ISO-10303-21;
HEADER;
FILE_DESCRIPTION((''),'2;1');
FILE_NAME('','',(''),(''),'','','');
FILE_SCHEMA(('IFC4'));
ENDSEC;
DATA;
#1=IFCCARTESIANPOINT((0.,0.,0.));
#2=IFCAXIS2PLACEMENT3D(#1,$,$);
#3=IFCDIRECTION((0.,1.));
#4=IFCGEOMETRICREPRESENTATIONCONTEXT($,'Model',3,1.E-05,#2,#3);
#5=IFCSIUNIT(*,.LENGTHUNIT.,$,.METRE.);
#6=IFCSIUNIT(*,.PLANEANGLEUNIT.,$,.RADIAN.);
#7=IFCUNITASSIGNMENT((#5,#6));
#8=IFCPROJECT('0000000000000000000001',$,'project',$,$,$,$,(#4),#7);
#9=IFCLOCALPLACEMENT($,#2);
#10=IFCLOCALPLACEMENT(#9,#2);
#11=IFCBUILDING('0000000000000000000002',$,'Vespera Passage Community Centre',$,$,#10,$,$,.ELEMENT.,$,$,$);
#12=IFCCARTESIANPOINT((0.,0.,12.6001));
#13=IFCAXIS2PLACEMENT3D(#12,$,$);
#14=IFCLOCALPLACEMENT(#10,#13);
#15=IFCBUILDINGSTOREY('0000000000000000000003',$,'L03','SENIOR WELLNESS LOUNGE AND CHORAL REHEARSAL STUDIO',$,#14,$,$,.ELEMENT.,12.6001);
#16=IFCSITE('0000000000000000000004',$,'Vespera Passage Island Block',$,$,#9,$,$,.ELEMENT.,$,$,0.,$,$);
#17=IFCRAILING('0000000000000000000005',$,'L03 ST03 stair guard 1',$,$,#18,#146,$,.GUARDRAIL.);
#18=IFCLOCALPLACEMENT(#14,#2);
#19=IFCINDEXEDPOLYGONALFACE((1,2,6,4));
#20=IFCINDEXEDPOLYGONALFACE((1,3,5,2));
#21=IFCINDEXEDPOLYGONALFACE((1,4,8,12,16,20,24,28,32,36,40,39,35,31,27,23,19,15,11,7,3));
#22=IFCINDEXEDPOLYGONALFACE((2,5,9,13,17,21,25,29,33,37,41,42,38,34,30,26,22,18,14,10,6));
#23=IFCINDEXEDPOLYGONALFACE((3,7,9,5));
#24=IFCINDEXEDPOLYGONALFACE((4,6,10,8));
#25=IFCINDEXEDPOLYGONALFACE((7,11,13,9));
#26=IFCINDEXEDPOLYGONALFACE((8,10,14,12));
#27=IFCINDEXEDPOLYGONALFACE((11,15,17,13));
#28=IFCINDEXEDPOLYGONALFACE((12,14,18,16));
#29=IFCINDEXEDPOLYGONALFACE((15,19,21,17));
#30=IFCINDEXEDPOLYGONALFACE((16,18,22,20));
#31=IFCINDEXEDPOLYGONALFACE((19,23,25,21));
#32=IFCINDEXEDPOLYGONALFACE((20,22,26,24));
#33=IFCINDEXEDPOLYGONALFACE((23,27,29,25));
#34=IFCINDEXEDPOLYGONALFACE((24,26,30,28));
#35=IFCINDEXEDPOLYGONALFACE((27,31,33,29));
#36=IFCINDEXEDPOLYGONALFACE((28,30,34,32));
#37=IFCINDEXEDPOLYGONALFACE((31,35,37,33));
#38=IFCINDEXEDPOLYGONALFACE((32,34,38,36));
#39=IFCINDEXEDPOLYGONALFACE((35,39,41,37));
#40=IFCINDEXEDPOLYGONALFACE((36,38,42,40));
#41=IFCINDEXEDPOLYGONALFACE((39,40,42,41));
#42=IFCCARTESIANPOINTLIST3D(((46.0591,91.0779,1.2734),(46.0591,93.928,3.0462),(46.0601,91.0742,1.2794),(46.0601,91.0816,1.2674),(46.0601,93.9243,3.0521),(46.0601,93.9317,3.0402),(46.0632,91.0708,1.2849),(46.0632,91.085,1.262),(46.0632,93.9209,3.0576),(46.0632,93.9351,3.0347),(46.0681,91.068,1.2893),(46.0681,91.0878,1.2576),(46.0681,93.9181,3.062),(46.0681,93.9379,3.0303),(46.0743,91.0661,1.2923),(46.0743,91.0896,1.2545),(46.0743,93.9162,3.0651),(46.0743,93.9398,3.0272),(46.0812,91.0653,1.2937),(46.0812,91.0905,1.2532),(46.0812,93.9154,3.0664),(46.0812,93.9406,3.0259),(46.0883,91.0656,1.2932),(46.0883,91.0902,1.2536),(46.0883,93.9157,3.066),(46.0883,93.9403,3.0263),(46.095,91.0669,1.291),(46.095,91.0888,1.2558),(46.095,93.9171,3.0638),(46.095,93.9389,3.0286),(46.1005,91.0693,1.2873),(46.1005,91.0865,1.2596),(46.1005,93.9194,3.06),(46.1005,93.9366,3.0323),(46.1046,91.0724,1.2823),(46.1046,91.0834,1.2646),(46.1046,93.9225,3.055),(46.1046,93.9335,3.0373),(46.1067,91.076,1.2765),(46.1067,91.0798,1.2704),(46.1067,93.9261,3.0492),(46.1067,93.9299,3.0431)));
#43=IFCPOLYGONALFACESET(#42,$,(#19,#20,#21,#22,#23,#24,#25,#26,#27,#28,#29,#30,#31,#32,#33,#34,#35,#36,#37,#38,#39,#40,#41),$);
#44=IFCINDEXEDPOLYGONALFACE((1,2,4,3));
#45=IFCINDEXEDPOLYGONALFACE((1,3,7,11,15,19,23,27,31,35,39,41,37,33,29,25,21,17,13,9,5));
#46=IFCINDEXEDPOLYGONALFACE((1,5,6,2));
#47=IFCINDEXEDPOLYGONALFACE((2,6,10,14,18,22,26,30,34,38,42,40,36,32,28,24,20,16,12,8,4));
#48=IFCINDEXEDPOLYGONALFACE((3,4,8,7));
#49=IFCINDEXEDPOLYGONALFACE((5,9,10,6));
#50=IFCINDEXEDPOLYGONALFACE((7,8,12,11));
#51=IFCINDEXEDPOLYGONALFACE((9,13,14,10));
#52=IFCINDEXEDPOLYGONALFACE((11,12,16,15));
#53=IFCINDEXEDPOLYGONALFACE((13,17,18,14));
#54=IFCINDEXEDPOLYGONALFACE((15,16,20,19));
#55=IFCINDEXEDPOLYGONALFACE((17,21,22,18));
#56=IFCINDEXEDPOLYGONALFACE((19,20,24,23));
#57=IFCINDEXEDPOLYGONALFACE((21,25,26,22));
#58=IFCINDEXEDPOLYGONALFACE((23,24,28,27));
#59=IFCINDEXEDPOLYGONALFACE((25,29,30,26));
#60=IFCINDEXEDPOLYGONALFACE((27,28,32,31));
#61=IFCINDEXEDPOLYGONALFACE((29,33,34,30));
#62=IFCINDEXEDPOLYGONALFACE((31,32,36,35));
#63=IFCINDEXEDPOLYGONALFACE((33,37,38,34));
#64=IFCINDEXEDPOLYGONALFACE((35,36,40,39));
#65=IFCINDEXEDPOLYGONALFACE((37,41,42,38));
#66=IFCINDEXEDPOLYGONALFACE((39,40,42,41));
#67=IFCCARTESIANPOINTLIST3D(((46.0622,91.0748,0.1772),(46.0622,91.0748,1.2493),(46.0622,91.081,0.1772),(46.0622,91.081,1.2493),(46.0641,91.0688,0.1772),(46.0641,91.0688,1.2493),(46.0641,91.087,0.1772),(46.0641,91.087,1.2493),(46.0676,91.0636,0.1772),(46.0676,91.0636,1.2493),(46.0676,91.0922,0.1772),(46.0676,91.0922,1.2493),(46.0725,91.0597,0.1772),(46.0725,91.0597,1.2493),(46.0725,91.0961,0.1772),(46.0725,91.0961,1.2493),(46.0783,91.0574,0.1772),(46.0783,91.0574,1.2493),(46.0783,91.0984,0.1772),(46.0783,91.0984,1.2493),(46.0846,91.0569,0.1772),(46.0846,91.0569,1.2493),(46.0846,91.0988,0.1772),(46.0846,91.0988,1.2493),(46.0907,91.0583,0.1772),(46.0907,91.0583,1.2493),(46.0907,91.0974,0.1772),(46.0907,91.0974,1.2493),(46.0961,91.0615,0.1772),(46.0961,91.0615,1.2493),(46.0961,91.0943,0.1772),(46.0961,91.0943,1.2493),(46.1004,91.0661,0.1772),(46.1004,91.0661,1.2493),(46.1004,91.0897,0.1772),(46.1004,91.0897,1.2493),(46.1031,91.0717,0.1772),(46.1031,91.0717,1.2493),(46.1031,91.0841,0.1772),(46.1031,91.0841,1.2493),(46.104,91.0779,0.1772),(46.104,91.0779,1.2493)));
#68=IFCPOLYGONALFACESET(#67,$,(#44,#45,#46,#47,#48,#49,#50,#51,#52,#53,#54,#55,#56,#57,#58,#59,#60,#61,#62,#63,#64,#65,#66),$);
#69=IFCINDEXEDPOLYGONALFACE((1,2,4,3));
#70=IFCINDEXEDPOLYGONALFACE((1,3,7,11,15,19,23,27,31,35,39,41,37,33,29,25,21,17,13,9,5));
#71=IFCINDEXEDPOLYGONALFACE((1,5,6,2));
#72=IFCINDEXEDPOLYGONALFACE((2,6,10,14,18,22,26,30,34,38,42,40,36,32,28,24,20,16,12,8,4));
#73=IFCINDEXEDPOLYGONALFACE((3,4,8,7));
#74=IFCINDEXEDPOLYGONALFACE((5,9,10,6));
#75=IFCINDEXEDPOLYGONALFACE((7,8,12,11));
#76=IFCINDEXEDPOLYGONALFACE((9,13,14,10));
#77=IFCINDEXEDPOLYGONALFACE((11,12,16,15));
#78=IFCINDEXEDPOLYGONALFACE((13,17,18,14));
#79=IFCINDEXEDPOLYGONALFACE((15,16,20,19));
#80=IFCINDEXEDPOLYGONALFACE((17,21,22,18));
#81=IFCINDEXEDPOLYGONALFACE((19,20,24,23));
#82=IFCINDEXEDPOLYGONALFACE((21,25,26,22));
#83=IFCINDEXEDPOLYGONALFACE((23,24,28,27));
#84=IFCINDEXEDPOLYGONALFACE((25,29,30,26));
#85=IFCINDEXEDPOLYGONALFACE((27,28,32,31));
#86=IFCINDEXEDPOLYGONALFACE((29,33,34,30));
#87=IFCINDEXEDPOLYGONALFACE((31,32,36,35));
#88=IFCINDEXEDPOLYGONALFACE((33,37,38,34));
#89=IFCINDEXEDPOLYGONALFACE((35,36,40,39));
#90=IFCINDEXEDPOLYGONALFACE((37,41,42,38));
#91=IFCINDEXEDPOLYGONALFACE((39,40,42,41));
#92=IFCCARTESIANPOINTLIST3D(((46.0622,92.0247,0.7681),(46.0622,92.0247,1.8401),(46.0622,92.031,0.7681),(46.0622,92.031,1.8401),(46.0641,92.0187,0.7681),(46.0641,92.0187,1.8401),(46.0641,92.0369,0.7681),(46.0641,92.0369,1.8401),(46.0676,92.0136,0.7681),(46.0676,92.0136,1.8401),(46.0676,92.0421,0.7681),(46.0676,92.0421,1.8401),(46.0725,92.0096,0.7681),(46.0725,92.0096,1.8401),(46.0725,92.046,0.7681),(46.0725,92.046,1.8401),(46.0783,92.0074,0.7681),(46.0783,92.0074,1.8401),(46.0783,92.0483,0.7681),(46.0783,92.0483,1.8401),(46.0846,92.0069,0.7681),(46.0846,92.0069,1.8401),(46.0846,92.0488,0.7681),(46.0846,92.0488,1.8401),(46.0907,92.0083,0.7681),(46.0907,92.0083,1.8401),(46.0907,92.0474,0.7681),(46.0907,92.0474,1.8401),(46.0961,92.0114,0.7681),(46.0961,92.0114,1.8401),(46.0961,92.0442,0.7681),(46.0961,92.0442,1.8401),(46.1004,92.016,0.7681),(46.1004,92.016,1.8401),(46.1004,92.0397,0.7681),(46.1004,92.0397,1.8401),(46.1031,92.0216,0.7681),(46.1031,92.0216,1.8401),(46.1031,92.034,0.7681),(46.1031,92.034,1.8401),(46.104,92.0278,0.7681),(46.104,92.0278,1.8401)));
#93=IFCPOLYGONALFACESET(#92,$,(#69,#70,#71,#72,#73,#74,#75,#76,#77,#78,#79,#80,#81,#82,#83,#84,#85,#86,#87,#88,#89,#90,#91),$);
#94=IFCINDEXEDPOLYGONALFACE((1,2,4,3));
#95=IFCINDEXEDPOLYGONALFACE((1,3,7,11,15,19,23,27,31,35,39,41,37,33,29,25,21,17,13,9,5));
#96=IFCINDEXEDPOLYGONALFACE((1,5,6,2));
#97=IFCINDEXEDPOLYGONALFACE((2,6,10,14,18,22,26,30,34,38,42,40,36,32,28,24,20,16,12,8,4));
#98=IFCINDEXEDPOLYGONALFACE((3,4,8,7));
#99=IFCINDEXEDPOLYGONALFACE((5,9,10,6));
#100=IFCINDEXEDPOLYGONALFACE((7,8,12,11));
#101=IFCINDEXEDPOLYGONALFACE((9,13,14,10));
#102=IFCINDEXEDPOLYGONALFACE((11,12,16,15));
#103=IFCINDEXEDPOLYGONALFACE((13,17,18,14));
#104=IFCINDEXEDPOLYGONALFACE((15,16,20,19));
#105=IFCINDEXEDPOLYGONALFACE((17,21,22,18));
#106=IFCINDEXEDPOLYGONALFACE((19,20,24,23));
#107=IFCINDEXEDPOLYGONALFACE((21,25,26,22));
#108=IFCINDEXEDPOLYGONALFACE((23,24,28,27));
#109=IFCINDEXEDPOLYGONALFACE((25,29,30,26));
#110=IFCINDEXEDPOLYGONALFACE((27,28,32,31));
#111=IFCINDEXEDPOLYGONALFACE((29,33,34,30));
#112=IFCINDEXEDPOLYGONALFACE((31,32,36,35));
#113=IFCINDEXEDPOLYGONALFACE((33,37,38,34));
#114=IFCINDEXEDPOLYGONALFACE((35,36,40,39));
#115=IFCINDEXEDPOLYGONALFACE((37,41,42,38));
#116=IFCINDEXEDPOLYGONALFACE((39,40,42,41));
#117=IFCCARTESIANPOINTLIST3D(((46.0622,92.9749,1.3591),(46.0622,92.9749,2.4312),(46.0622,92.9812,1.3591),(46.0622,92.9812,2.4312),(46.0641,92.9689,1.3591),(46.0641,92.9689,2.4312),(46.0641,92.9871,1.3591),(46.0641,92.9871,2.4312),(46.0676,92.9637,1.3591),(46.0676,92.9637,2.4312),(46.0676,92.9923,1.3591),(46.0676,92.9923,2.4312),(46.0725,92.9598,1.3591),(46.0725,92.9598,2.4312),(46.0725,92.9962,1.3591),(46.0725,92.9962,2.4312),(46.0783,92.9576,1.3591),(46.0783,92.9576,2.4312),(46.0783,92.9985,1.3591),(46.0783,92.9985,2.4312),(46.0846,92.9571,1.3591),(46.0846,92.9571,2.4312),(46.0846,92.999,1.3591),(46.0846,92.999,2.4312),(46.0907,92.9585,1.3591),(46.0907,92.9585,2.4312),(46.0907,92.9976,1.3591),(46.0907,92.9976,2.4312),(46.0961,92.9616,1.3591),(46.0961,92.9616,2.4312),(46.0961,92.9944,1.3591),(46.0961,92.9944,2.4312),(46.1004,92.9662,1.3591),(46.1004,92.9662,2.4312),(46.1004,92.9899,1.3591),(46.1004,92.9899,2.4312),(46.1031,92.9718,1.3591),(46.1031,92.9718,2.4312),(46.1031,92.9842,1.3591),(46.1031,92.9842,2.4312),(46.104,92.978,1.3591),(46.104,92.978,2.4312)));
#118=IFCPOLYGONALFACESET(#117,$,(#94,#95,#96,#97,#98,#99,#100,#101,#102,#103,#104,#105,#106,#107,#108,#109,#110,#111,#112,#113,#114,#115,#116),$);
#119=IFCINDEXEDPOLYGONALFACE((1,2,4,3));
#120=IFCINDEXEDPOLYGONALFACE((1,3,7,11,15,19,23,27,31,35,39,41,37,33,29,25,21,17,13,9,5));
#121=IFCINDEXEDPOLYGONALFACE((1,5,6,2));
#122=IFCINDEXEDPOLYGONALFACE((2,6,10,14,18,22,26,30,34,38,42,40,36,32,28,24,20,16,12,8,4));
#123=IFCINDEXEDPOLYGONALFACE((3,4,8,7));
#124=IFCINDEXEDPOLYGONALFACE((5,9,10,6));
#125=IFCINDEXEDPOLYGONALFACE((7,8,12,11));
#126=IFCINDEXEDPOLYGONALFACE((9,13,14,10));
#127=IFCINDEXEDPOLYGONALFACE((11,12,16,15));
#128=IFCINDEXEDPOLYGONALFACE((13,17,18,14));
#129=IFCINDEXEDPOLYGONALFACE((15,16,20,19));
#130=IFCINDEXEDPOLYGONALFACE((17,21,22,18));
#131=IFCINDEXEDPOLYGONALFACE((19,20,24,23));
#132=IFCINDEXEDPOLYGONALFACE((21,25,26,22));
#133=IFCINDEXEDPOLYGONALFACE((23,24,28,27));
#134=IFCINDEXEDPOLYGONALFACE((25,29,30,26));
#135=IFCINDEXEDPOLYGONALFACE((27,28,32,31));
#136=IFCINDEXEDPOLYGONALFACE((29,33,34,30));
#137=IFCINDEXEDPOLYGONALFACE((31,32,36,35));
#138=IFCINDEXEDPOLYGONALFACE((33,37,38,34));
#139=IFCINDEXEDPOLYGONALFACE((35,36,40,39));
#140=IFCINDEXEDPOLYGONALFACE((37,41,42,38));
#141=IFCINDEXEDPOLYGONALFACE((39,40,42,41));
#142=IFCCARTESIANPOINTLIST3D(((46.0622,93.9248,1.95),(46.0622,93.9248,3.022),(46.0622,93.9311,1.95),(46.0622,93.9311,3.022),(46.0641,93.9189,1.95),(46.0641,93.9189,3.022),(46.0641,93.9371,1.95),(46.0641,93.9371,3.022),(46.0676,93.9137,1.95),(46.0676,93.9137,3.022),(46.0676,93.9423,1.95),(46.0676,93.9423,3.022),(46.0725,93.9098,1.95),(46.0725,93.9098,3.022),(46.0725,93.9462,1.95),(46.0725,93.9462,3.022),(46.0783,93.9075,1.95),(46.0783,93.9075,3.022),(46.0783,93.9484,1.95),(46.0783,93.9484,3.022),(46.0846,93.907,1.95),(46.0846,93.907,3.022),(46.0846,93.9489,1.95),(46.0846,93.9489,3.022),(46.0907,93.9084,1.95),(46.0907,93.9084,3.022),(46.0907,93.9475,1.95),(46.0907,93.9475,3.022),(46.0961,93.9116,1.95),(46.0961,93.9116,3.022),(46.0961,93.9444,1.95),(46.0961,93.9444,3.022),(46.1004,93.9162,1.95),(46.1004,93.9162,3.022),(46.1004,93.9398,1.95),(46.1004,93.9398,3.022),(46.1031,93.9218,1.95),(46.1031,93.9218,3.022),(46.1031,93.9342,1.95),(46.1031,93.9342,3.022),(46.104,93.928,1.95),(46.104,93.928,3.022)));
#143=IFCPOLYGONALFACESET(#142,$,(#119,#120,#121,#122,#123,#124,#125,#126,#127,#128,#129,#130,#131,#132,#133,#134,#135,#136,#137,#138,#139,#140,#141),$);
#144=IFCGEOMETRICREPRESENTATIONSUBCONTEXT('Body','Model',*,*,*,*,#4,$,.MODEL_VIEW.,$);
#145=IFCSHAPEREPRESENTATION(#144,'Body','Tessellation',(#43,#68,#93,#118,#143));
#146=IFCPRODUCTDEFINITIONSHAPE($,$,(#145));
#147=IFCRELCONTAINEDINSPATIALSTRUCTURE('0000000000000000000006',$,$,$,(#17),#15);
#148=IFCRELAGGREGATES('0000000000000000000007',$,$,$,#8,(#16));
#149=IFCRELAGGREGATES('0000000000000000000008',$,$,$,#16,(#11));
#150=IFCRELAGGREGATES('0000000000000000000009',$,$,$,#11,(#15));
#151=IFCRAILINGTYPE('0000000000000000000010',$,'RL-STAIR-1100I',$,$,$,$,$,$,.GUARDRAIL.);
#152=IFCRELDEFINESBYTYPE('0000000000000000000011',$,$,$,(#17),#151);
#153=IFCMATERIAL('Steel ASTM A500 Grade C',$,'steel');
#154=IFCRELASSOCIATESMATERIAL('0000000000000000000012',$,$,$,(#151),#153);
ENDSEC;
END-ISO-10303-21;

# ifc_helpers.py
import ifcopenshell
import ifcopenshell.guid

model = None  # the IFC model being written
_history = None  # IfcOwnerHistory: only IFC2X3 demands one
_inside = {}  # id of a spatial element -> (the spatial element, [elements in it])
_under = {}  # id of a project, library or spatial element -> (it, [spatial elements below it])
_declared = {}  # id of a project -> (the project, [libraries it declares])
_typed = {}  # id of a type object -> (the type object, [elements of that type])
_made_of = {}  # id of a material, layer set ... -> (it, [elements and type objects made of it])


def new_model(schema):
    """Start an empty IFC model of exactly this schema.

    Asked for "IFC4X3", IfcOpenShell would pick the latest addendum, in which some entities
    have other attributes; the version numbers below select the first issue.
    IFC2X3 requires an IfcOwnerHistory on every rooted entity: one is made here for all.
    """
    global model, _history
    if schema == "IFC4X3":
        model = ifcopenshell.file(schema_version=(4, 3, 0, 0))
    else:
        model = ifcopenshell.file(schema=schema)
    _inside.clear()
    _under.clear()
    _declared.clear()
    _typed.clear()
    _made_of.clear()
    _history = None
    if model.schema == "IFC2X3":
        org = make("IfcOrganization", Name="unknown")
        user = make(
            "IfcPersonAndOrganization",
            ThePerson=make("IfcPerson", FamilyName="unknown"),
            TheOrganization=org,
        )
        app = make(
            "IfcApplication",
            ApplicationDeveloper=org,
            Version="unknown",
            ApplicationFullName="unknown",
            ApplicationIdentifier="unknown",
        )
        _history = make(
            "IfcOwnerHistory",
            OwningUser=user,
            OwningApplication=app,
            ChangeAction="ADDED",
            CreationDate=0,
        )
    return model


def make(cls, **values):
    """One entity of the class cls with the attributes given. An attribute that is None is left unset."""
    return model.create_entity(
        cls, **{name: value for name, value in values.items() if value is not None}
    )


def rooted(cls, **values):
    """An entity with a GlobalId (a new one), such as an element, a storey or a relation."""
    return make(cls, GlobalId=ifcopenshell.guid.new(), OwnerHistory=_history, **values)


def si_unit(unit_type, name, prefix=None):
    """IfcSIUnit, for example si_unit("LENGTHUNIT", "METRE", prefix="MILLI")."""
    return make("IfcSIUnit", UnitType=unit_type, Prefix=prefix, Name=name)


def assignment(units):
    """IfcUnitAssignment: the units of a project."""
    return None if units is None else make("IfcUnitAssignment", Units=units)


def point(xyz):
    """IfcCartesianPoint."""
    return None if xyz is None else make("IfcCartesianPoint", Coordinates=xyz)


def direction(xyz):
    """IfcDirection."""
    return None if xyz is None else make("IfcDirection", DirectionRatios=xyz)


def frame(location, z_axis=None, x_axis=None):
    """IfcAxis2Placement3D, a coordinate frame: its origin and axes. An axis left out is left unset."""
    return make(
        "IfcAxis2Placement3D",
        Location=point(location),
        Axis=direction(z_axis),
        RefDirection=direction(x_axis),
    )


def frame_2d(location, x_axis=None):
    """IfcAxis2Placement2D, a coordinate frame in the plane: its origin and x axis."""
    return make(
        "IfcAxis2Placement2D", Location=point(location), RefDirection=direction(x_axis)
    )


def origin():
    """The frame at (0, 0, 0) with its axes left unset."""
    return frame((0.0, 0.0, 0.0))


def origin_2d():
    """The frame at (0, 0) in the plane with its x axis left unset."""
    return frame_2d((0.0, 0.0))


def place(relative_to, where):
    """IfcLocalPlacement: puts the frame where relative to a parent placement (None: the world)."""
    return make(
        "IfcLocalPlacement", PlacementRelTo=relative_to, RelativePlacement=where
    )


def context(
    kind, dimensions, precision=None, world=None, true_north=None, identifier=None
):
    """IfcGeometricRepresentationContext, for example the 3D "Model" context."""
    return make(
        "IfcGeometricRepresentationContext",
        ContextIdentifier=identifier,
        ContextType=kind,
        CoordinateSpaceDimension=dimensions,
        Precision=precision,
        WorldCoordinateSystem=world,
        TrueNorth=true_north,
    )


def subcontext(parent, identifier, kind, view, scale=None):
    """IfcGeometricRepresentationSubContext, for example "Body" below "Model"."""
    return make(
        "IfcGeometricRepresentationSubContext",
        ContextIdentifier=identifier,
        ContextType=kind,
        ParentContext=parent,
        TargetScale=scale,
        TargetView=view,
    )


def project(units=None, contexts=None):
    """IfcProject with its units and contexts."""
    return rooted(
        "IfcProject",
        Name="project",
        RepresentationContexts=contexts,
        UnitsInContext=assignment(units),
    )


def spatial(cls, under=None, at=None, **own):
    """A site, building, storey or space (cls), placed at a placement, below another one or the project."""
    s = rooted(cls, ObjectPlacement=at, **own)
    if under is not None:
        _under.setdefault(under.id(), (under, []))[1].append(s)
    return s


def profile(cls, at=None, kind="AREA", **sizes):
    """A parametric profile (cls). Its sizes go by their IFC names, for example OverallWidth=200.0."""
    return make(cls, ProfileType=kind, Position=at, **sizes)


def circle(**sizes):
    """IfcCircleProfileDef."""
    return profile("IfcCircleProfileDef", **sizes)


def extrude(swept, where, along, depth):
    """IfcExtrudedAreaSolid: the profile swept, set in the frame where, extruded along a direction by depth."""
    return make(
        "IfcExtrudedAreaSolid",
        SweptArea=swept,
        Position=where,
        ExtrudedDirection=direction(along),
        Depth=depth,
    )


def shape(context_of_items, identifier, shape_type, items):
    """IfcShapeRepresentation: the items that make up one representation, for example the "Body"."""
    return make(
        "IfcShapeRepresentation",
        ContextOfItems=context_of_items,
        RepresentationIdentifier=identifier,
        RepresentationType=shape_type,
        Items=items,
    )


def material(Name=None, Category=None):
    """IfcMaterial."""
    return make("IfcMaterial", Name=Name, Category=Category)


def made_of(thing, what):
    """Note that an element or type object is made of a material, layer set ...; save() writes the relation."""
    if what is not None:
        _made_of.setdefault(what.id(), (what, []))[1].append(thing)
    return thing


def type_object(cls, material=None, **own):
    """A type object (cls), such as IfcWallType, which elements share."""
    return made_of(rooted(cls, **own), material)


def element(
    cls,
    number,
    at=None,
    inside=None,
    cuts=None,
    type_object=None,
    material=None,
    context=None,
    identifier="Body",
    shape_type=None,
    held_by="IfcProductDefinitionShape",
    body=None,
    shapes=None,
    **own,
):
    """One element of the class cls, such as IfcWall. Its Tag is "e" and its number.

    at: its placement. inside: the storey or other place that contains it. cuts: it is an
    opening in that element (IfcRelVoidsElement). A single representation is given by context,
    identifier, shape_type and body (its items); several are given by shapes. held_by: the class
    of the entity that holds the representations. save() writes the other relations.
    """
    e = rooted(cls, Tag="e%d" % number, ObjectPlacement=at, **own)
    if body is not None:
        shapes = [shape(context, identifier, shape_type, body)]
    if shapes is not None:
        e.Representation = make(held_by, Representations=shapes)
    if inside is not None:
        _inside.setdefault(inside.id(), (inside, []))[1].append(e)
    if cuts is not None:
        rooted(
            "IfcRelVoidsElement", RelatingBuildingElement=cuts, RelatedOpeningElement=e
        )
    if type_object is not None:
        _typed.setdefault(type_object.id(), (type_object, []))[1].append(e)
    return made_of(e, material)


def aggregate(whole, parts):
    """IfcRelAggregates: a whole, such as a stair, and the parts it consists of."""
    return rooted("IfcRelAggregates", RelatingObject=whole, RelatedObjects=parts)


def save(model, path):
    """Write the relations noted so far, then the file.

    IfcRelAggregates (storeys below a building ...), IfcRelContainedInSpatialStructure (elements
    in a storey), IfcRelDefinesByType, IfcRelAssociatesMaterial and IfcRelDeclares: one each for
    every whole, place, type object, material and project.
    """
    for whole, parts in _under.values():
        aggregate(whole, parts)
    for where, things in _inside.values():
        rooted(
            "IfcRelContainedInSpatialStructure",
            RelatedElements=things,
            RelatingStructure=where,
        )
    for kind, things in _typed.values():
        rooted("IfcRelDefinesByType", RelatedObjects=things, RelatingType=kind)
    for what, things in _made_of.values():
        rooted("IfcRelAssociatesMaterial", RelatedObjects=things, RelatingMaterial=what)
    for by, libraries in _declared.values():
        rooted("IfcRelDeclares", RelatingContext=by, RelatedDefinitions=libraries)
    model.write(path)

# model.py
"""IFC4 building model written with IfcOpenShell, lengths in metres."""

from ifc_helpers import new_model, si_unit, direction, frame, origin, origin_2d, place, context, subcontext, project, spatial, circle, extrude, material, type_object, element, save


model = new_model("IFC4")

# Units and contexts
model_context = context("Model", 3, precision=1e-05, world=origin(), true_north=direction((0.0, 1.0)))
body_context = subcontext(model_context, "Body", "Model", "MODEL_VIEW")
ifc_project = project(units=[si_unit("LENGTHUNIT", "METRE"), si_unit("PLANEANGLEUNIT", "RADIAN")], contexts=[model_context])

# Site, building, storey
site_placement = place(None, origin())
site = spatial("IfcSite", under=ifc_project, at=site_placement, Name="Vespera Passage Island Block", CompositionType="ELEMENT", RefElevation=0.0)
building_placement = place(site_placement, origin())
building = spatial("IfcBuilding", under=site, at=building_placement, Name="Vespera Passage Community Centre", CompositionType="ELEMENT")
storey_placement = place(building_placement, frame((0.0, 0.0, 12.6001)))
storey = spatial("IfcBuildingStorey", under=building, at=storey_placement, Name="L03", Description="SENIOR WELLNESS LOUNGE AND CHORAL REHEARSAL STUDIO", CompositionType="ELEMENT", Elevation=12.6001)

# Railing
ifc_material_1 = material(Name="Steel ASTM A500 Grade C", Category="steel")
railing_type_1 = type_object("IfcRailingType", Name="RL-STAIR-1100I", PredefinedType="GUARDRAIL", material=ifc_material_1)
railing_1_placement = place(storey_placement, frame((46.083, 91.0779, 0.1772)))
element("IfcRailing", 1, at=railing_1_placement, inside=storey, type_object=railing_type_1, Name="L03 ST03 stair guard 1", PredefinedType="GUARDRAIL", context=body_context, shape_type="SweptSolid", body=[
    extrude(circle(Radius=0.0239, at=origin_2d()), frame((0.0, 0.0, 1.0962), z_axis=(0.0, 0.849149, 0.528154), x_axis=(-1.0, 0.0, 0.0)), (0.0, 0.0, 1.0), 3.3564),
    extrude(circle(Radius=0.021, at=origin_2d()), origin(), (0.0, 0.0, 1.0), 1.072),
    extrude(circle(Radius=0.021, at=origin_2d()), frame((0.0, 0.95, 0.5908)), (0.0, 0.0, 1.0), 1.072),
    extrude(circle(Radius=0.021, at=origin_2d()), frame((0.0, 1.9001, 1.1819)), (0.0, 0.0, 1.0), 1.072),
    extrude(circle(Radius=0.021, at=origin_2d()), frame((0.0, 2.8501, 1.7727)), (0.0, 0.0, 1.0), 1.072),
])

save(model, "model.ifc")
